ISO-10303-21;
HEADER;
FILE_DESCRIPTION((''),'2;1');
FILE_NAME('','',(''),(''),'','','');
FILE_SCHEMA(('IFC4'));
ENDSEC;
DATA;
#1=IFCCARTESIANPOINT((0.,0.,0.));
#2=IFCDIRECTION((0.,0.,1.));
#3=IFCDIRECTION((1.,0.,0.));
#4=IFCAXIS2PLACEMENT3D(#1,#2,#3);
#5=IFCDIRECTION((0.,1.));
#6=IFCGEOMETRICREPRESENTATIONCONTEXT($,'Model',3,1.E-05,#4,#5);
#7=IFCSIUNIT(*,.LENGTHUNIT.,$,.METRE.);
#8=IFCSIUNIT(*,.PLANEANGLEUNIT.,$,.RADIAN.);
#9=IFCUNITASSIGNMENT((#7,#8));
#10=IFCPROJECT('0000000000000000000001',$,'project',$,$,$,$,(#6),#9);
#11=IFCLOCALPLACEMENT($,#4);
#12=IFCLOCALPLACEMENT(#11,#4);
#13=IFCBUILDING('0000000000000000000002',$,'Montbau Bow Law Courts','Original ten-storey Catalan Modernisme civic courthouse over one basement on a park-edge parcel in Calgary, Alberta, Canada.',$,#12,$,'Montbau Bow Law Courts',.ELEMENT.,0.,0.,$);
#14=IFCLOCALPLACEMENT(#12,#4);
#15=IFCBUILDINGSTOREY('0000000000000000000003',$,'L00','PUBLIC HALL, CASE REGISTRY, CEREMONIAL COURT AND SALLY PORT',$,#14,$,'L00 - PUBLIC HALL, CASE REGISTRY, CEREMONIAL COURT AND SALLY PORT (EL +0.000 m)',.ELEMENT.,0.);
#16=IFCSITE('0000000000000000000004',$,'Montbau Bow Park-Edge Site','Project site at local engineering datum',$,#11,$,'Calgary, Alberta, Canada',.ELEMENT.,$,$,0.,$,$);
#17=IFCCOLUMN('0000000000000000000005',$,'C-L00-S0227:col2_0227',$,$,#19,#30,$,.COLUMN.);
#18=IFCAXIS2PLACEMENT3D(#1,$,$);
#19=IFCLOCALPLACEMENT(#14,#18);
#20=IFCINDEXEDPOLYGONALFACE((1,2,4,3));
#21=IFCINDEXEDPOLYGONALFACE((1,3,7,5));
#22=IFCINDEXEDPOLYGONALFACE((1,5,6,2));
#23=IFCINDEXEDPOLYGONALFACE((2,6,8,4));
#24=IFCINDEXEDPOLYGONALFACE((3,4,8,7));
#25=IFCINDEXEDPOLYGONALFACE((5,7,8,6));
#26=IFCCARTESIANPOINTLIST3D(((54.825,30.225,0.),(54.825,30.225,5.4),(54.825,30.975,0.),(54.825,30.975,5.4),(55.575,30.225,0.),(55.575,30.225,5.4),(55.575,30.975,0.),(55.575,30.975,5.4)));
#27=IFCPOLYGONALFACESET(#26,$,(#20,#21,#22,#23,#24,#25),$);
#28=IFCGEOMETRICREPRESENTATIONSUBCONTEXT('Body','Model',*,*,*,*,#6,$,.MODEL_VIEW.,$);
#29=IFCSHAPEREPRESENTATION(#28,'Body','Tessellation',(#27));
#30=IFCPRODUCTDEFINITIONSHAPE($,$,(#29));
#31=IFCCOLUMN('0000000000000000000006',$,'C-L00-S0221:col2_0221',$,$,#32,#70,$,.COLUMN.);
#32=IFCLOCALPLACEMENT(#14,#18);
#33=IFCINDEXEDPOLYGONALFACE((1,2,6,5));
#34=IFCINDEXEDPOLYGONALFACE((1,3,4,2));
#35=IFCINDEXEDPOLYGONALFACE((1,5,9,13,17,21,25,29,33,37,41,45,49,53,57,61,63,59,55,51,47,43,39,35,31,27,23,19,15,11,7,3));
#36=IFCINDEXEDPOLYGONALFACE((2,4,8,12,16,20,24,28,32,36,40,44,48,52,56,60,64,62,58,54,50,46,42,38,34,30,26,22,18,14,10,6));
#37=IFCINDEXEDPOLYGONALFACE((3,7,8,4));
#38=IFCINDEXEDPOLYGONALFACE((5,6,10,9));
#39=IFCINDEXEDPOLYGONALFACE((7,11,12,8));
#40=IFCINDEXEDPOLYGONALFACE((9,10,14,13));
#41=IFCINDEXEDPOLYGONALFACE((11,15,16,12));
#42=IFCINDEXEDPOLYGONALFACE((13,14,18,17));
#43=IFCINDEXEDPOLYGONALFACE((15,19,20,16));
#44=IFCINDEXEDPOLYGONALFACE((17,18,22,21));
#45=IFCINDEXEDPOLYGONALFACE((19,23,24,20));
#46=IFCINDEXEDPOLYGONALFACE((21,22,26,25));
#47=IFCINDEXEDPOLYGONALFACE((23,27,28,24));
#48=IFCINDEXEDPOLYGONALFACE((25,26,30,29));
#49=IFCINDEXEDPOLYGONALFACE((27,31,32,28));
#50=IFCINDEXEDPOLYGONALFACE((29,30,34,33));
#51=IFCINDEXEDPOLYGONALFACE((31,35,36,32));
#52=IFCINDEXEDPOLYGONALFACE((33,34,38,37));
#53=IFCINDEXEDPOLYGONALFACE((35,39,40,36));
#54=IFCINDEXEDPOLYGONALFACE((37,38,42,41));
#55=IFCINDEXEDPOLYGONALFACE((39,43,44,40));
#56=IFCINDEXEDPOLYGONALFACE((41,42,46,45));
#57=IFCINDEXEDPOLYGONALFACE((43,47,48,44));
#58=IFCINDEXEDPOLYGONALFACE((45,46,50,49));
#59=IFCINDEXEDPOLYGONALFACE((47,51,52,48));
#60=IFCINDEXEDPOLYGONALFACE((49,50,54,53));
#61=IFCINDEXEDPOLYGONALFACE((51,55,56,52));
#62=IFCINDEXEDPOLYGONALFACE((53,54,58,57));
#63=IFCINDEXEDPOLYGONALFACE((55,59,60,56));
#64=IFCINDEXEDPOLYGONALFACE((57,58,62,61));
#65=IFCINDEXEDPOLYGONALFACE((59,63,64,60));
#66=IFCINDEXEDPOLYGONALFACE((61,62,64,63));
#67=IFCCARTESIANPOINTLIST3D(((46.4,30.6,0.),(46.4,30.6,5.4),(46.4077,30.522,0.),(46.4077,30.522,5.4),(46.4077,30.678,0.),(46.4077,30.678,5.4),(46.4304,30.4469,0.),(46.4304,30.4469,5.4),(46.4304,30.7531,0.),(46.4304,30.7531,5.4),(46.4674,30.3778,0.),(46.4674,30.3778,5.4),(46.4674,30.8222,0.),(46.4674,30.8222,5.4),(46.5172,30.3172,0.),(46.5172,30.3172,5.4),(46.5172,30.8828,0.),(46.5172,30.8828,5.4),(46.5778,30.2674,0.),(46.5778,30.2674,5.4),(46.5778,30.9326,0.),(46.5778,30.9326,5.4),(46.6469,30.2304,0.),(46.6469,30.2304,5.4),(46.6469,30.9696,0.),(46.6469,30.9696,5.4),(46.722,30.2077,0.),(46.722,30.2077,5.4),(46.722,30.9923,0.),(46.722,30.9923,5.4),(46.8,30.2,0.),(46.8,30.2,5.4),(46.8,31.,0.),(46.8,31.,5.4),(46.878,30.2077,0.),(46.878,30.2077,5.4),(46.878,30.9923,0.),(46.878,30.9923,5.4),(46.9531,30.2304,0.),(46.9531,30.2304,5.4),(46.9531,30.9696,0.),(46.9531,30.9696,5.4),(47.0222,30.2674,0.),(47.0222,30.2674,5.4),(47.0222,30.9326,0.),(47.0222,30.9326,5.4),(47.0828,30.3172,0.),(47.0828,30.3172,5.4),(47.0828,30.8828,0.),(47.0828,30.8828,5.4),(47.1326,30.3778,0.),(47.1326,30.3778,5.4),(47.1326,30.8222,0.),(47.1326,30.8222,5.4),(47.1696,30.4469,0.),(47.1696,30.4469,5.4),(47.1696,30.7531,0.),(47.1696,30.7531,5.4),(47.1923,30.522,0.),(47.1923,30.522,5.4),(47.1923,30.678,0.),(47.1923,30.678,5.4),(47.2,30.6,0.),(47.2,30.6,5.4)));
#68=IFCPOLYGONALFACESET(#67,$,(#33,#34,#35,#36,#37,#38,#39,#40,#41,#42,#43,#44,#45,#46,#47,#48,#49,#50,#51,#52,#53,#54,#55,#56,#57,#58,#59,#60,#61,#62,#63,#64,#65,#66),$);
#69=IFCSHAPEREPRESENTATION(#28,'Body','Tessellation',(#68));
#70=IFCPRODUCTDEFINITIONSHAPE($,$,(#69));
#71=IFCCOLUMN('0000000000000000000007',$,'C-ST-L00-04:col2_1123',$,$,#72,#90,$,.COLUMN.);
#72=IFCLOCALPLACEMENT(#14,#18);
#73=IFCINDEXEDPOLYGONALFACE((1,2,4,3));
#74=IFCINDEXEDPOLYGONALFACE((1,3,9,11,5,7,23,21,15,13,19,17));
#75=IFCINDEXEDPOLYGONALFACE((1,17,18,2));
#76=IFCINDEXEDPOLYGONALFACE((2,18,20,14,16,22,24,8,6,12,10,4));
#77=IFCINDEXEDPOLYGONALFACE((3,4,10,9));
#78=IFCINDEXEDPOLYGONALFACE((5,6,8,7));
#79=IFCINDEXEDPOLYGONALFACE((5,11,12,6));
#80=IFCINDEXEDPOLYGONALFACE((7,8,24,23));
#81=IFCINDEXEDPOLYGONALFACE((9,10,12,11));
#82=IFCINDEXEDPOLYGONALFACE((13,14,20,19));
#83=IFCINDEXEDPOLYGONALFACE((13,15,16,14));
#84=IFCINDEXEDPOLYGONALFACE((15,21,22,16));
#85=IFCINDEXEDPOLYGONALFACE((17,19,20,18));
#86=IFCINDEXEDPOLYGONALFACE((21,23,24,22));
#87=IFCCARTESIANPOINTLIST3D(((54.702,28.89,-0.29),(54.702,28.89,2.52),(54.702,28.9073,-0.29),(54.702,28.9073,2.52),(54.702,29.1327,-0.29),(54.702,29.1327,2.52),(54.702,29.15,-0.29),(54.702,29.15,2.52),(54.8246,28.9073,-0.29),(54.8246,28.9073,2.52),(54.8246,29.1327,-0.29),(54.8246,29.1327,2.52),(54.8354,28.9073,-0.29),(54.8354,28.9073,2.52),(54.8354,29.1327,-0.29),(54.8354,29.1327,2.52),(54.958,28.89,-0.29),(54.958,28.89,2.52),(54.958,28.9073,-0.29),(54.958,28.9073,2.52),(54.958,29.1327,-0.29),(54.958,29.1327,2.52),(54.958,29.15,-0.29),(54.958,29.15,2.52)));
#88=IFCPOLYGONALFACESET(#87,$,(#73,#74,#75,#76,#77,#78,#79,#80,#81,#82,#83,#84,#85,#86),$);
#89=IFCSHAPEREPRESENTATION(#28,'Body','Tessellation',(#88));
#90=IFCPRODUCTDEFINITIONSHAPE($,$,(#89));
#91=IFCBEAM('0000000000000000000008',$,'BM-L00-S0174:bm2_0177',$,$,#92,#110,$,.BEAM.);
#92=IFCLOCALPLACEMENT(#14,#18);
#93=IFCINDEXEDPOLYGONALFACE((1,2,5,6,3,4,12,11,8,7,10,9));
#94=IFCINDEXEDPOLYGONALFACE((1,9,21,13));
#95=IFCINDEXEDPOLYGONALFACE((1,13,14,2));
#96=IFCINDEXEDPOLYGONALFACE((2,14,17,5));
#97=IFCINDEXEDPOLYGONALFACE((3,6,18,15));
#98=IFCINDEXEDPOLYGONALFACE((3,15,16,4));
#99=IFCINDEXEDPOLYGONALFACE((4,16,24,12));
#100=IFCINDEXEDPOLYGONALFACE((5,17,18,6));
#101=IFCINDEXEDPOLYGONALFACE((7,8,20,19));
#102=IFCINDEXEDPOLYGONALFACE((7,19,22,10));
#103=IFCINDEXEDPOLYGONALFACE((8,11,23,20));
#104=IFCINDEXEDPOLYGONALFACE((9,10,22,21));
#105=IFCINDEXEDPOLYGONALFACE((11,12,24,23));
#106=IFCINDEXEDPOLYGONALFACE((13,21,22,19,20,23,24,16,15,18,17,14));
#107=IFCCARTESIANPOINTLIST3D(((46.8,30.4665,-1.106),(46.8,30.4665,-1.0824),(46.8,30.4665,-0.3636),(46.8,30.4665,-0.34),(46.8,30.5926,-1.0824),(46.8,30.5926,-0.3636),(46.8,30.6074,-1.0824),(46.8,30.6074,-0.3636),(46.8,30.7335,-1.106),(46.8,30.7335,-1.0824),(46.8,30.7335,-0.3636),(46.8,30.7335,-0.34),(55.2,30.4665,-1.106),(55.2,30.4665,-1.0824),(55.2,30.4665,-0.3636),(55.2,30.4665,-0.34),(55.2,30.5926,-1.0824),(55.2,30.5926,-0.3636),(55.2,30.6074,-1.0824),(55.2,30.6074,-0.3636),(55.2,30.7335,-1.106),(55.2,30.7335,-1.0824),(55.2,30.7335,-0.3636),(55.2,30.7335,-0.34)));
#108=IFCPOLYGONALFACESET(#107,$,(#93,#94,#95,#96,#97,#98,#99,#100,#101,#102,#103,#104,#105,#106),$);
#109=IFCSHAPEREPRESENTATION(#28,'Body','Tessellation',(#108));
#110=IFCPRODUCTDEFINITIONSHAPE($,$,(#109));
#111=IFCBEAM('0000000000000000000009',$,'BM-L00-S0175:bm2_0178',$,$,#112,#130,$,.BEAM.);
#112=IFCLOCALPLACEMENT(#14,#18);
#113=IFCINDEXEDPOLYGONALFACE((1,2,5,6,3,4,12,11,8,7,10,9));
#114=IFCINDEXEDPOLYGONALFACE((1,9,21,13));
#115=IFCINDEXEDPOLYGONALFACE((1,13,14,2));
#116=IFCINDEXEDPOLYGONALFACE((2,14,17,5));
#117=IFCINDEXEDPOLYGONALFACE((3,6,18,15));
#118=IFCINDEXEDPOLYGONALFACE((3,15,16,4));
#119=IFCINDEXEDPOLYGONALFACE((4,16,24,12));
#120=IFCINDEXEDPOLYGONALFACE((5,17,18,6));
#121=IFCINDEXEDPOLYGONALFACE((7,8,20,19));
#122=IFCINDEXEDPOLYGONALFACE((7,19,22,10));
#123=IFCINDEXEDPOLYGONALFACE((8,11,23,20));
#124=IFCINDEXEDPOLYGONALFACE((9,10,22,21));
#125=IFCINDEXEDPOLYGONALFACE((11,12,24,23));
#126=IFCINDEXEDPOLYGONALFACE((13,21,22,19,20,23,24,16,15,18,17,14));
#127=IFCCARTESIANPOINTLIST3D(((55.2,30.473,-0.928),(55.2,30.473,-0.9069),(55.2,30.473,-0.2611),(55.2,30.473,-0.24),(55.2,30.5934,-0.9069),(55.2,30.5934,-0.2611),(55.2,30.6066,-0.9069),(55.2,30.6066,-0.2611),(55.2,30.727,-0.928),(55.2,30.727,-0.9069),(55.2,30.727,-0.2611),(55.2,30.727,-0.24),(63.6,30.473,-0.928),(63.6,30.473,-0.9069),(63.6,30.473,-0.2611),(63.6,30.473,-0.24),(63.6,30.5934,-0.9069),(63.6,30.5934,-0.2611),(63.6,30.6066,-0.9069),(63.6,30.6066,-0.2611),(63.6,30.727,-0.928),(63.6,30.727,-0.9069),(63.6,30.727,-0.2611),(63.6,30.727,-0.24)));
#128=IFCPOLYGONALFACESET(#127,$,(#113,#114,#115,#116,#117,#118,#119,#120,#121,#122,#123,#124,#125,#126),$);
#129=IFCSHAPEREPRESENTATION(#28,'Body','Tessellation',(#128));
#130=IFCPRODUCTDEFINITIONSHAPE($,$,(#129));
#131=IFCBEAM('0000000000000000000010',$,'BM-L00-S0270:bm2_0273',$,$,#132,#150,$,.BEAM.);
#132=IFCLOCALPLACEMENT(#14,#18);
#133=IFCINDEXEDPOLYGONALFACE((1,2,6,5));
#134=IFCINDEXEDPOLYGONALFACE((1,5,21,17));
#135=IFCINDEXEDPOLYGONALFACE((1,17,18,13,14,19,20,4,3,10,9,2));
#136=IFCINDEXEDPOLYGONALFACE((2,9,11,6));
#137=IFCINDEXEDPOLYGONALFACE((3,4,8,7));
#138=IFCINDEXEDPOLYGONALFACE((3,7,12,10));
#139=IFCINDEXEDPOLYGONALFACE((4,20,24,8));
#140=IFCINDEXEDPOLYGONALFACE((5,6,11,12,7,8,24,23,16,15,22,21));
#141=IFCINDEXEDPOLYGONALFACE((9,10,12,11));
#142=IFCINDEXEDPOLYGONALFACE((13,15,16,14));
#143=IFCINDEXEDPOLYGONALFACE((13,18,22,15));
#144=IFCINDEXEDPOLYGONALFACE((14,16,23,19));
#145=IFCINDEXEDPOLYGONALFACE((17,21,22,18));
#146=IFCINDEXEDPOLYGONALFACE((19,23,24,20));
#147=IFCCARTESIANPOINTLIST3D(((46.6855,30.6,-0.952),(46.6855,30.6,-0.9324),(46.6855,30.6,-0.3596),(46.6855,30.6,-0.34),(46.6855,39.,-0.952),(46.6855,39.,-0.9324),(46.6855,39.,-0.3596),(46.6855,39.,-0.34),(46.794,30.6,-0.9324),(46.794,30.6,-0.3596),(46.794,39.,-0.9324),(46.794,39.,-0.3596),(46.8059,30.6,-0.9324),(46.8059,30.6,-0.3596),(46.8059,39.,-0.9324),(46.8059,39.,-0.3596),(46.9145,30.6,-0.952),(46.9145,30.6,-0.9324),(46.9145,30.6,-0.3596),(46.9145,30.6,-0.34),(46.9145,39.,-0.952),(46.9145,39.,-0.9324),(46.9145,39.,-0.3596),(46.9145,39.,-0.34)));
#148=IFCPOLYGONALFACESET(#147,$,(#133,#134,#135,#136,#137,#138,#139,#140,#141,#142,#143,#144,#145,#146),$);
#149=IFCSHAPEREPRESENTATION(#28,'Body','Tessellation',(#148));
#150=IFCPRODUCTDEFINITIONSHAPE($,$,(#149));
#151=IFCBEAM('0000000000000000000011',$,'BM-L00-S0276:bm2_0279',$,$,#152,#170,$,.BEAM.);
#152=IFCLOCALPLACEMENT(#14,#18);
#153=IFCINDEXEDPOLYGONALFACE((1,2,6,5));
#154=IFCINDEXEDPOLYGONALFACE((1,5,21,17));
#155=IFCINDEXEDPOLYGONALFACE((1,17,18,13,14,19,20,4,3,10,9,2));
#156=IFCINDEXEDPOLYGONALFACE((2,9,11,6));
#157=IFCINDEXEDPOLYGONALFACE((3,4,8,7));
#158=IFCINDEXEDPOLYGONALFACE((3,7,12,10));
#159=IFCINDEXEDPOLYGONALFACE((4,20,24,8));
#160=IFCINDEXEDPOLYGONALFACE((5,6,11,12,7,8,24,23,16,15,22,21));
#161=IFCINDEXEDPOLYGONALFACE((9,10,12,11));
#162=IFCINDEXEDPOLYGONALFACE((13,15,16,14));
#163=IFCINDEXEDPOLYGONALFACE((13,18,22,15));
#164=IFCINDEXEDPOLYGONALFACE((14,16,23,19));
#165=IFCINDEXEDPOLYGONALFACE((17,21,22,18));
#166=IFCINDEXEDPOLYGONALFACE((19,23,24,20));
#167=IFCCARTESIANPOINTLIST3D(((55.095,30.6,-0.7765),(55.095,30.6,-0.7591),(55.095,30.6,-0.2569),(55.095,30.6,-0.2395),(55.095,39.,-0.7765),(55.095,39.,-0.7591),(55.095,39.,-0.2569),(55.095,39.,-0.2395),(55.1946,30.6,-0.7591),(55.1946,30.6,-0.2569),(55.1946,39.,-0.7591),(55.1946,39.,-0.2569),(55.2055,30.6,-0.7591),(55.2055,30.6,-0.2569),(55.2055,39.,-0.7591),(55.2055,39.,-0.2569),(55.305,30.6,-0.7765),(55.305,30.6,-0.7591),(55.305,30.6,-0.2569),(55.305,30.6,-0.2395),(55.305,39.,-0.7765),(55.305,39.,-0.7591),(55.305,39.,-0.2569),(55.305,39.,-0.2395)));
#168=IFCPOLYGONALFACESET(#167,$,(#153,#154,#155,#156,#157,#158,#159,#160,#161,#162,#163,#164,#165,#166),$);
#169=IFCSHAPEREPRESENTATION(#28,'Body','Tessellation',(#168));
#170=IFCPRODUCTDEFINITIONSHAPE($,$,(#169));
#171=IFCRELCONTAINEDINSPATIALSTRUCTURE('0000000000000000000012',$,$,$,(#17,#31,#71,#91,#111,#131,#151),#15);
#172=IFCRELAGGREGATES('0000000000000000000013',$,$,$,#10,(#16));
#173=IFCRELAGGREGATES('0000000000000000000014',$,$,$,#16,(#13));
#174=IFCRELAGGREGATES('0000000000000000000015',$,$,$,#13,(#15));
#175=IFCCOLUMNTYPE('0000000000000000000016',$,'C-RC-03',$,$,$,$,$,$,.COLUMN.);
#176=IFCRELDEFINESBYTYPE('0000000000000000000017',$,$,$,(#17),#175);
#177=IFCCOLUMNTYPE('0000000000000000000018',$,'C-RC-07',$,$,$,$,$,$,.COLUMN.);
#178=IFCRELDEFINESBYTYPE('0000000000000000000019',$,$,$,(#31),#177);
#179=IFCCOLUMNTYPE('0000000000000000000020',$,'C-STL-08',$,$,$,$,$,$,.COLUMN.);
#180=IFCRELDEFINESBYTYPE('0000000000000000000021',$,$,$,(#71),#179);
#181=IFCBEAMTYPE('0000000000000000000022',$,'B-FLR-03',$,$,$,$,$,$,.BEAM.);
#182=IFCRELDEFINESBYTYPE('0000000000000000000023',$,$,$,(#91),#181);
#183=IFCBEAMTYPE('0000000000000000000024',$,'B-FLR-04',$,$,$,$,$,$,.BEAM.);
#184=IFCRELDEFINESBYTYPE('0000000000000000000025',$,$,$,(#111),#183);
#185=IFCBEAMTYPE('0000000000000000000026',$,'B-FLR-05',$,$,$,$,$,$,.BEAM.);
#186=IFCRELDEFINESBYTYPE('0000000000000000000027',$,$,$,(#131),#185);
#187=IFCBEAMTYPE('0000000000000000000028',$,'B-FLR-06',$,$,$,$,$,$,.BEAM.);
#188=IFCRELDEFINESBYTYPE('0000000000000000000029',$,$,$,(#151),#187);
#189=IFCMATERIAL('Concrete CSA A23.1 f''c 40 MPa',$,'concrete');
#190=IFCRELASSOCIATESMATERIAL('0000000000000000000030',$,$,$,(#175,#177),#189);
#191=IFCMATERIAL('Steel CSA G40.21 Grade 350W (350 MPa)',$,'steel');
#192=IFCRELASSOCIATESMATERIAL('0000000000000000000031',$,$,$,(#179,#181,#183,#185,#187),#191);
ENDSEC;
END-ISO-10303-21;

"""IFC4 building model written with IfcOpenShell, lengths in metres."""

from ifc_helpers import new_model, si_unit, direction, frame, origin_with_axes, origin_2d_with_axis, place, context, subcontext, project, spatial, rectangle, circle, i_section, extrude, material, material_profile, profile_set, type_object, element, save


model = new_model("IFC4")

# Units and contexts
model_context = context("Model", 3, precision=1e-05, world=origin_with_axes(), true_north=direction((0.0, 1.0)))
body_context = subcontext(model_context, "Body", "Model", "MODEL_VIEW")
ifc_project = project(units=[si_unit("LENGTHUNIT", "METRE"), si_unit("PLANEANGLEUNIT", "RADIAN")], contexts=[model_context])

# Site, building, storey
site_placement = place(None, origin_with_axes())
site = spatial("IfcSite", under=ifc_project, at=site_placement, Name="Montbau Bow Park-Edge Site", Description="Project site at local engineering datum", LongName="Calgary, Alberta, Canada", CompositionType="ELEMENT", RefElevation=0.0)
building_placement = place(site_placement, origin_with_axes())
building = spatial("IfcBuilding", under=site, at=building_placement, Name="Montbau Bow Law Courts", Description="Original ten-storey Catalan Modernisme civic courthouse over one basement on a park-edge parcel in Calgary, Alberta, Canada.", LongName="Montbau Bow Law Courts", CompositionType="ELEMENT", ElevationOfRefHeight=0.0, ElevationOfTerrain=0.0)
storey_placement = place(building_placement, origin_with_axes())
storey = spatial("IfcBuildingStorey", under=building, at=storey_placement, Name="L00", Description="PUBLIC HALL, CASE REGISTRY, CEREMONIAL COURT AND SALLY PORT", LongName="L00 - PUBLIC HALL, CASE REGISTRY, CEREMONIAL COURT AND SALLY PORT (EL +0.000 m)", CompositionType="ELEMENT", Elevation=0.0)

# Columns
ifc_material_1 = material(Name="Concrete CSA A23.1 f'c 40 MPa", Category="concrete")
ifc_material_profile_1 = material_profile(ifc_material_1, rectangle(XDim=0.75, YDim=0.75, at=origin_2d_with_axis()), Name="RC750X750", Category="Main", Priority=0)
ifc_profile_set_1 = profile_set([ifc_material_profile_1], Name="Concrete CSA A23.1 f'c 40 MPa")
column_type_1 = type_object("IfcColumnType", Name="C-RC-03", PredefinedType="COLUMN", material=ifc_profile_set_1)
column_1_placement = place(None, frame((55.2, 30.6, 0.0), z_axis=(0.0, 0.0, 1.0), x_axis=(1.0, 0.0, 0.0)))
element("IfcColumn", 1, at=column_1_placement, inside=storey, type_object=column_type_1, Name="C-L00-S0227:col2_0227", PredefinedType="COLUMN", context=body_context, shape_type="SweptSolid", body=[
    extrude(rectangle(XDim=0.75, YDim=0.75, at=origin_2d_with_axis()), origin_with_axes(), (0.0, 0.0, 1.0), 5.4),
])
ifc_material_profile_2 = material_profile(ifc_material_1, circle(Radius=0.4, at=origin_2d_with_axis()), Name="RC800D", Category="Main", Priority=0)
ifc_profile_set_2 = profile_set([ifc_material_profile_2], Name="Concrete CSA A23.1 f'c 40 MPa")
column_type_2 = type_object("IfcColumnType", Name="C-RC-07", PredefinedType="COLUMN", material=ifc_profile_set_2)
column_2_placement = place(None, frame((46.8, 30.6, 0.0), z_axis=(0.0, 0.0, 1.0), x_axis=(1.0, 0.0, 0.0)))
element("IfcColumn", 2, at=column_2_placement, inside=storey, type_object=column_type_2, Name="C-L00-S0221:col2_0221", PredefinedType="COLUMN", context=body_context, shape_type="SweptSolid", body=[
    extrude(circle(Radius=0.4, at=origin_2d_with_axis()), origin_with_axes(), (0.0, 0.0, 1.0), 5.4),
])
ifc_material_2 = material(Name="Steel CSA G40.21 Grade 350W (350 MPa)", Category="steel")
ifc_material_profile_3 = material_profile(ifc_material_2, i_section(OverallWidth=0.256, OverallDepth=0.26, WebThickness=0.0107, FlangeThickness=0.0173, at=origin_2d_with_axis()), Name="W250X89", Category="Main", Priority=0)
ifc_profile_set_3 = profile_set([ifc_material_profile_3], Name="Steel CSA G40.21 Grade 350W (350 MPa)")
column_type_3 = type_object("IfcColumnType", Name="C-STL-08", PredefinedType="COLUMN", material=ifc_profile_set_3)
column_3_placement = place(None, frame((54.83, 29.02, -0.29), z_axis=(0.0, 0.0, 1.0), x_axis=(1.0, 0.0, 0.0)))
element("IfcColumn", 3, at=column_3_placement, inside=storey, type_object=column_type_3, Name="C-ST-L00-04:col2_1123", PredefinedType="COLUMN", context=body_context, shape_type="SweptSolid", body=[
    extrude(i_section(OverallWidth=0.256, OverallDepth=0.26, WebThickness=0.0107, FlangeThickness=0.0173, at=origin_2d_with_axis()), origin_with_axes(), (0.0, 0.0, 1.0), 2.81),
])

# Beams
ifc_material_profile_4 = material_profile(ifc_material_2, i_section(OverallWidth=0.267, OverallDepth=0.766, WebThickness=0.0149, FlangeThickness=0.0236, at=origin_2d_with_axis()), Name="W760X185", Category="Main", Priority=0)
ifc_profile_set_4 = profile_set([ifc_material_profile_4], Name="Steel CSA G40.21 Grade 350W (350 MPa)")
beam_type_1 = type_object("IfcBeamType", Name="B-FLR-03", PredefinedType="BEAM", material=ifc_profile_set_4)
beam_1_placement = place(None, frame((46.8, 30.6, -0.723), z_axis=(1.0, 0.0, 0.0), x_axis=(0.0, 1.0, 0.0)))
element("IfcBeam", 4, at=beam_1_placement, inside=storey, type_object=beam_type_1, Name="BM-L00-S0174:bm2_0177", PredefinedType="BEAM", context=body_context, shape_type="SweptSolid", body=[
    extrude(i_section(OverallWidth=0.267, OverallDepth=0.766, WebThickness=0.0149, FlangeThickness=0.0236, at=origin_2d_with_axis()), origin_with_axes(), (0.0, 0.0, 1.0), 8.4),
])
ifc_material_profile_5 = material_profile(ifc_material_2, i_section(OverallWidth=0.254, OverallDepth=0.688, WebThickness=0.0131, FlangeThickness=0.0211, at=origin_2d_with_axis()), Name="W690X152", Category="Main", Priority=0)
ifc_profile_set_5 = profile_set([ifc_material_profile_5], Name="Steel CSA G40.21 Grade 350W (350 MPa)")
beam_type_2 = type_object("IfcBeamType", Name="B-FLR-04", PredefinedType="BEAM", material=ifc_profile_set_5)
beam_2_placement = place(None, frame((55.2, 30.6, -0.584), z_axis=(1.0, 0.0, 0.0), x_axis=(0.0, 1.0, 0.0)))
element("IfcBeam", 5, at=beam_2_placement, inside=storey, type_object=beam_type_2, Name="BM-L00-S0175:bm2_0178", PredefinedType="BEAM", context=body_context, shape_type="SweptSolid", body=[
    extrude(i_section(OverallWidth=0.254, OverallDepth=0.688, WebThickness=0.0131, FlangeThickness=0.0211, at=origin_2d_with_axis()), origin_with_axes(), (0.0, 0.0, 1.0), 8.4),
])
ifc_material_profile_6 = material_profile(ifc_material_2, i_section(OverallWidth=0.229, OverallDepth=0.612, WebThickness=0.0119, FlangeThickness=0.0196, at=origin_2d_with_axis()), Name="W610X125", Category="Main", Priority=0)
ifc_profile_set_6 = profile_set([ifc_material_profile_6], Name="Steel CSA G40.21 Grade 350W (350 MPa)")
beam_type_3 = type_object("IfcBeamType", Name="B-FLR-05", PredefinedType="BEAM", material=ifc_profile_set_6)
beam_3_placement = place(None, frame((46.8, 30.6, -0.646), z_axis=(0.0, 1.0, 0.0), x_axis=(-1.0, 0.0, 0.0)))
element("IfcBeam", 6, at=beam_3_placement, inside=storey, type_object=beam_type_3, Name="BM-L00-S0270:bm2_0273", PredefinedType="BEAM", context=body_context, shape_type="SweptSolid", body=[
    extrude(i_section(OverallWidth=0.229, OverallDepth=0.612, WebThickness=0.0119, FlangeThickness=0.0196, at=origin_2d_with_axis()), origin_with_axes(), (0.0, 0.0, 1.0), 8.4),
])
ifc_material_profile_7 = material_profile(ifc_material_2, i_section(OverallWidth=0.21, OverallDepth=0.537, WebThickness=0.0109, FlangeThickness=0.0174, at=origin_2d_with_axis()), Name="W530X101", Category="Main", Priority=0)
ifc_profile_set_7 = profile_set([ifc_material_profile_7], Name="Steel CSA G40.21 Grade 350W (350 MPa)")
beam_type_4 = type_object("IfcBeamType", Name="B-FLR-06", PredefinedType="BEAM", material=ifc_profile_set_7)
beam_4_placement = place(None, frame((55.2, 30.6, -0.508), z_axis=(0.0, 1.0, 0.0), x_axis=(-1.0, 0.0, 0.0)))
element("IfcBeam", 7, at=beam_4_placement, inside=storey, type_object=beam_type_4, Name="BM-L00-S0276:bm2_0279", PredefinedType="BEAM", context=body_context, shape_type="SweptSolid", body=[
    extrude(i_section(OverallWidth=0.21, OverallDepth=0.537, WebThickness=0.0109, FlangeThickness=0.0174, at=origin_2d_with_axis()), origin_with_axes(), (0.0, 0.0, 1.0), 8.4),
])

save(model, "model.ifc")
